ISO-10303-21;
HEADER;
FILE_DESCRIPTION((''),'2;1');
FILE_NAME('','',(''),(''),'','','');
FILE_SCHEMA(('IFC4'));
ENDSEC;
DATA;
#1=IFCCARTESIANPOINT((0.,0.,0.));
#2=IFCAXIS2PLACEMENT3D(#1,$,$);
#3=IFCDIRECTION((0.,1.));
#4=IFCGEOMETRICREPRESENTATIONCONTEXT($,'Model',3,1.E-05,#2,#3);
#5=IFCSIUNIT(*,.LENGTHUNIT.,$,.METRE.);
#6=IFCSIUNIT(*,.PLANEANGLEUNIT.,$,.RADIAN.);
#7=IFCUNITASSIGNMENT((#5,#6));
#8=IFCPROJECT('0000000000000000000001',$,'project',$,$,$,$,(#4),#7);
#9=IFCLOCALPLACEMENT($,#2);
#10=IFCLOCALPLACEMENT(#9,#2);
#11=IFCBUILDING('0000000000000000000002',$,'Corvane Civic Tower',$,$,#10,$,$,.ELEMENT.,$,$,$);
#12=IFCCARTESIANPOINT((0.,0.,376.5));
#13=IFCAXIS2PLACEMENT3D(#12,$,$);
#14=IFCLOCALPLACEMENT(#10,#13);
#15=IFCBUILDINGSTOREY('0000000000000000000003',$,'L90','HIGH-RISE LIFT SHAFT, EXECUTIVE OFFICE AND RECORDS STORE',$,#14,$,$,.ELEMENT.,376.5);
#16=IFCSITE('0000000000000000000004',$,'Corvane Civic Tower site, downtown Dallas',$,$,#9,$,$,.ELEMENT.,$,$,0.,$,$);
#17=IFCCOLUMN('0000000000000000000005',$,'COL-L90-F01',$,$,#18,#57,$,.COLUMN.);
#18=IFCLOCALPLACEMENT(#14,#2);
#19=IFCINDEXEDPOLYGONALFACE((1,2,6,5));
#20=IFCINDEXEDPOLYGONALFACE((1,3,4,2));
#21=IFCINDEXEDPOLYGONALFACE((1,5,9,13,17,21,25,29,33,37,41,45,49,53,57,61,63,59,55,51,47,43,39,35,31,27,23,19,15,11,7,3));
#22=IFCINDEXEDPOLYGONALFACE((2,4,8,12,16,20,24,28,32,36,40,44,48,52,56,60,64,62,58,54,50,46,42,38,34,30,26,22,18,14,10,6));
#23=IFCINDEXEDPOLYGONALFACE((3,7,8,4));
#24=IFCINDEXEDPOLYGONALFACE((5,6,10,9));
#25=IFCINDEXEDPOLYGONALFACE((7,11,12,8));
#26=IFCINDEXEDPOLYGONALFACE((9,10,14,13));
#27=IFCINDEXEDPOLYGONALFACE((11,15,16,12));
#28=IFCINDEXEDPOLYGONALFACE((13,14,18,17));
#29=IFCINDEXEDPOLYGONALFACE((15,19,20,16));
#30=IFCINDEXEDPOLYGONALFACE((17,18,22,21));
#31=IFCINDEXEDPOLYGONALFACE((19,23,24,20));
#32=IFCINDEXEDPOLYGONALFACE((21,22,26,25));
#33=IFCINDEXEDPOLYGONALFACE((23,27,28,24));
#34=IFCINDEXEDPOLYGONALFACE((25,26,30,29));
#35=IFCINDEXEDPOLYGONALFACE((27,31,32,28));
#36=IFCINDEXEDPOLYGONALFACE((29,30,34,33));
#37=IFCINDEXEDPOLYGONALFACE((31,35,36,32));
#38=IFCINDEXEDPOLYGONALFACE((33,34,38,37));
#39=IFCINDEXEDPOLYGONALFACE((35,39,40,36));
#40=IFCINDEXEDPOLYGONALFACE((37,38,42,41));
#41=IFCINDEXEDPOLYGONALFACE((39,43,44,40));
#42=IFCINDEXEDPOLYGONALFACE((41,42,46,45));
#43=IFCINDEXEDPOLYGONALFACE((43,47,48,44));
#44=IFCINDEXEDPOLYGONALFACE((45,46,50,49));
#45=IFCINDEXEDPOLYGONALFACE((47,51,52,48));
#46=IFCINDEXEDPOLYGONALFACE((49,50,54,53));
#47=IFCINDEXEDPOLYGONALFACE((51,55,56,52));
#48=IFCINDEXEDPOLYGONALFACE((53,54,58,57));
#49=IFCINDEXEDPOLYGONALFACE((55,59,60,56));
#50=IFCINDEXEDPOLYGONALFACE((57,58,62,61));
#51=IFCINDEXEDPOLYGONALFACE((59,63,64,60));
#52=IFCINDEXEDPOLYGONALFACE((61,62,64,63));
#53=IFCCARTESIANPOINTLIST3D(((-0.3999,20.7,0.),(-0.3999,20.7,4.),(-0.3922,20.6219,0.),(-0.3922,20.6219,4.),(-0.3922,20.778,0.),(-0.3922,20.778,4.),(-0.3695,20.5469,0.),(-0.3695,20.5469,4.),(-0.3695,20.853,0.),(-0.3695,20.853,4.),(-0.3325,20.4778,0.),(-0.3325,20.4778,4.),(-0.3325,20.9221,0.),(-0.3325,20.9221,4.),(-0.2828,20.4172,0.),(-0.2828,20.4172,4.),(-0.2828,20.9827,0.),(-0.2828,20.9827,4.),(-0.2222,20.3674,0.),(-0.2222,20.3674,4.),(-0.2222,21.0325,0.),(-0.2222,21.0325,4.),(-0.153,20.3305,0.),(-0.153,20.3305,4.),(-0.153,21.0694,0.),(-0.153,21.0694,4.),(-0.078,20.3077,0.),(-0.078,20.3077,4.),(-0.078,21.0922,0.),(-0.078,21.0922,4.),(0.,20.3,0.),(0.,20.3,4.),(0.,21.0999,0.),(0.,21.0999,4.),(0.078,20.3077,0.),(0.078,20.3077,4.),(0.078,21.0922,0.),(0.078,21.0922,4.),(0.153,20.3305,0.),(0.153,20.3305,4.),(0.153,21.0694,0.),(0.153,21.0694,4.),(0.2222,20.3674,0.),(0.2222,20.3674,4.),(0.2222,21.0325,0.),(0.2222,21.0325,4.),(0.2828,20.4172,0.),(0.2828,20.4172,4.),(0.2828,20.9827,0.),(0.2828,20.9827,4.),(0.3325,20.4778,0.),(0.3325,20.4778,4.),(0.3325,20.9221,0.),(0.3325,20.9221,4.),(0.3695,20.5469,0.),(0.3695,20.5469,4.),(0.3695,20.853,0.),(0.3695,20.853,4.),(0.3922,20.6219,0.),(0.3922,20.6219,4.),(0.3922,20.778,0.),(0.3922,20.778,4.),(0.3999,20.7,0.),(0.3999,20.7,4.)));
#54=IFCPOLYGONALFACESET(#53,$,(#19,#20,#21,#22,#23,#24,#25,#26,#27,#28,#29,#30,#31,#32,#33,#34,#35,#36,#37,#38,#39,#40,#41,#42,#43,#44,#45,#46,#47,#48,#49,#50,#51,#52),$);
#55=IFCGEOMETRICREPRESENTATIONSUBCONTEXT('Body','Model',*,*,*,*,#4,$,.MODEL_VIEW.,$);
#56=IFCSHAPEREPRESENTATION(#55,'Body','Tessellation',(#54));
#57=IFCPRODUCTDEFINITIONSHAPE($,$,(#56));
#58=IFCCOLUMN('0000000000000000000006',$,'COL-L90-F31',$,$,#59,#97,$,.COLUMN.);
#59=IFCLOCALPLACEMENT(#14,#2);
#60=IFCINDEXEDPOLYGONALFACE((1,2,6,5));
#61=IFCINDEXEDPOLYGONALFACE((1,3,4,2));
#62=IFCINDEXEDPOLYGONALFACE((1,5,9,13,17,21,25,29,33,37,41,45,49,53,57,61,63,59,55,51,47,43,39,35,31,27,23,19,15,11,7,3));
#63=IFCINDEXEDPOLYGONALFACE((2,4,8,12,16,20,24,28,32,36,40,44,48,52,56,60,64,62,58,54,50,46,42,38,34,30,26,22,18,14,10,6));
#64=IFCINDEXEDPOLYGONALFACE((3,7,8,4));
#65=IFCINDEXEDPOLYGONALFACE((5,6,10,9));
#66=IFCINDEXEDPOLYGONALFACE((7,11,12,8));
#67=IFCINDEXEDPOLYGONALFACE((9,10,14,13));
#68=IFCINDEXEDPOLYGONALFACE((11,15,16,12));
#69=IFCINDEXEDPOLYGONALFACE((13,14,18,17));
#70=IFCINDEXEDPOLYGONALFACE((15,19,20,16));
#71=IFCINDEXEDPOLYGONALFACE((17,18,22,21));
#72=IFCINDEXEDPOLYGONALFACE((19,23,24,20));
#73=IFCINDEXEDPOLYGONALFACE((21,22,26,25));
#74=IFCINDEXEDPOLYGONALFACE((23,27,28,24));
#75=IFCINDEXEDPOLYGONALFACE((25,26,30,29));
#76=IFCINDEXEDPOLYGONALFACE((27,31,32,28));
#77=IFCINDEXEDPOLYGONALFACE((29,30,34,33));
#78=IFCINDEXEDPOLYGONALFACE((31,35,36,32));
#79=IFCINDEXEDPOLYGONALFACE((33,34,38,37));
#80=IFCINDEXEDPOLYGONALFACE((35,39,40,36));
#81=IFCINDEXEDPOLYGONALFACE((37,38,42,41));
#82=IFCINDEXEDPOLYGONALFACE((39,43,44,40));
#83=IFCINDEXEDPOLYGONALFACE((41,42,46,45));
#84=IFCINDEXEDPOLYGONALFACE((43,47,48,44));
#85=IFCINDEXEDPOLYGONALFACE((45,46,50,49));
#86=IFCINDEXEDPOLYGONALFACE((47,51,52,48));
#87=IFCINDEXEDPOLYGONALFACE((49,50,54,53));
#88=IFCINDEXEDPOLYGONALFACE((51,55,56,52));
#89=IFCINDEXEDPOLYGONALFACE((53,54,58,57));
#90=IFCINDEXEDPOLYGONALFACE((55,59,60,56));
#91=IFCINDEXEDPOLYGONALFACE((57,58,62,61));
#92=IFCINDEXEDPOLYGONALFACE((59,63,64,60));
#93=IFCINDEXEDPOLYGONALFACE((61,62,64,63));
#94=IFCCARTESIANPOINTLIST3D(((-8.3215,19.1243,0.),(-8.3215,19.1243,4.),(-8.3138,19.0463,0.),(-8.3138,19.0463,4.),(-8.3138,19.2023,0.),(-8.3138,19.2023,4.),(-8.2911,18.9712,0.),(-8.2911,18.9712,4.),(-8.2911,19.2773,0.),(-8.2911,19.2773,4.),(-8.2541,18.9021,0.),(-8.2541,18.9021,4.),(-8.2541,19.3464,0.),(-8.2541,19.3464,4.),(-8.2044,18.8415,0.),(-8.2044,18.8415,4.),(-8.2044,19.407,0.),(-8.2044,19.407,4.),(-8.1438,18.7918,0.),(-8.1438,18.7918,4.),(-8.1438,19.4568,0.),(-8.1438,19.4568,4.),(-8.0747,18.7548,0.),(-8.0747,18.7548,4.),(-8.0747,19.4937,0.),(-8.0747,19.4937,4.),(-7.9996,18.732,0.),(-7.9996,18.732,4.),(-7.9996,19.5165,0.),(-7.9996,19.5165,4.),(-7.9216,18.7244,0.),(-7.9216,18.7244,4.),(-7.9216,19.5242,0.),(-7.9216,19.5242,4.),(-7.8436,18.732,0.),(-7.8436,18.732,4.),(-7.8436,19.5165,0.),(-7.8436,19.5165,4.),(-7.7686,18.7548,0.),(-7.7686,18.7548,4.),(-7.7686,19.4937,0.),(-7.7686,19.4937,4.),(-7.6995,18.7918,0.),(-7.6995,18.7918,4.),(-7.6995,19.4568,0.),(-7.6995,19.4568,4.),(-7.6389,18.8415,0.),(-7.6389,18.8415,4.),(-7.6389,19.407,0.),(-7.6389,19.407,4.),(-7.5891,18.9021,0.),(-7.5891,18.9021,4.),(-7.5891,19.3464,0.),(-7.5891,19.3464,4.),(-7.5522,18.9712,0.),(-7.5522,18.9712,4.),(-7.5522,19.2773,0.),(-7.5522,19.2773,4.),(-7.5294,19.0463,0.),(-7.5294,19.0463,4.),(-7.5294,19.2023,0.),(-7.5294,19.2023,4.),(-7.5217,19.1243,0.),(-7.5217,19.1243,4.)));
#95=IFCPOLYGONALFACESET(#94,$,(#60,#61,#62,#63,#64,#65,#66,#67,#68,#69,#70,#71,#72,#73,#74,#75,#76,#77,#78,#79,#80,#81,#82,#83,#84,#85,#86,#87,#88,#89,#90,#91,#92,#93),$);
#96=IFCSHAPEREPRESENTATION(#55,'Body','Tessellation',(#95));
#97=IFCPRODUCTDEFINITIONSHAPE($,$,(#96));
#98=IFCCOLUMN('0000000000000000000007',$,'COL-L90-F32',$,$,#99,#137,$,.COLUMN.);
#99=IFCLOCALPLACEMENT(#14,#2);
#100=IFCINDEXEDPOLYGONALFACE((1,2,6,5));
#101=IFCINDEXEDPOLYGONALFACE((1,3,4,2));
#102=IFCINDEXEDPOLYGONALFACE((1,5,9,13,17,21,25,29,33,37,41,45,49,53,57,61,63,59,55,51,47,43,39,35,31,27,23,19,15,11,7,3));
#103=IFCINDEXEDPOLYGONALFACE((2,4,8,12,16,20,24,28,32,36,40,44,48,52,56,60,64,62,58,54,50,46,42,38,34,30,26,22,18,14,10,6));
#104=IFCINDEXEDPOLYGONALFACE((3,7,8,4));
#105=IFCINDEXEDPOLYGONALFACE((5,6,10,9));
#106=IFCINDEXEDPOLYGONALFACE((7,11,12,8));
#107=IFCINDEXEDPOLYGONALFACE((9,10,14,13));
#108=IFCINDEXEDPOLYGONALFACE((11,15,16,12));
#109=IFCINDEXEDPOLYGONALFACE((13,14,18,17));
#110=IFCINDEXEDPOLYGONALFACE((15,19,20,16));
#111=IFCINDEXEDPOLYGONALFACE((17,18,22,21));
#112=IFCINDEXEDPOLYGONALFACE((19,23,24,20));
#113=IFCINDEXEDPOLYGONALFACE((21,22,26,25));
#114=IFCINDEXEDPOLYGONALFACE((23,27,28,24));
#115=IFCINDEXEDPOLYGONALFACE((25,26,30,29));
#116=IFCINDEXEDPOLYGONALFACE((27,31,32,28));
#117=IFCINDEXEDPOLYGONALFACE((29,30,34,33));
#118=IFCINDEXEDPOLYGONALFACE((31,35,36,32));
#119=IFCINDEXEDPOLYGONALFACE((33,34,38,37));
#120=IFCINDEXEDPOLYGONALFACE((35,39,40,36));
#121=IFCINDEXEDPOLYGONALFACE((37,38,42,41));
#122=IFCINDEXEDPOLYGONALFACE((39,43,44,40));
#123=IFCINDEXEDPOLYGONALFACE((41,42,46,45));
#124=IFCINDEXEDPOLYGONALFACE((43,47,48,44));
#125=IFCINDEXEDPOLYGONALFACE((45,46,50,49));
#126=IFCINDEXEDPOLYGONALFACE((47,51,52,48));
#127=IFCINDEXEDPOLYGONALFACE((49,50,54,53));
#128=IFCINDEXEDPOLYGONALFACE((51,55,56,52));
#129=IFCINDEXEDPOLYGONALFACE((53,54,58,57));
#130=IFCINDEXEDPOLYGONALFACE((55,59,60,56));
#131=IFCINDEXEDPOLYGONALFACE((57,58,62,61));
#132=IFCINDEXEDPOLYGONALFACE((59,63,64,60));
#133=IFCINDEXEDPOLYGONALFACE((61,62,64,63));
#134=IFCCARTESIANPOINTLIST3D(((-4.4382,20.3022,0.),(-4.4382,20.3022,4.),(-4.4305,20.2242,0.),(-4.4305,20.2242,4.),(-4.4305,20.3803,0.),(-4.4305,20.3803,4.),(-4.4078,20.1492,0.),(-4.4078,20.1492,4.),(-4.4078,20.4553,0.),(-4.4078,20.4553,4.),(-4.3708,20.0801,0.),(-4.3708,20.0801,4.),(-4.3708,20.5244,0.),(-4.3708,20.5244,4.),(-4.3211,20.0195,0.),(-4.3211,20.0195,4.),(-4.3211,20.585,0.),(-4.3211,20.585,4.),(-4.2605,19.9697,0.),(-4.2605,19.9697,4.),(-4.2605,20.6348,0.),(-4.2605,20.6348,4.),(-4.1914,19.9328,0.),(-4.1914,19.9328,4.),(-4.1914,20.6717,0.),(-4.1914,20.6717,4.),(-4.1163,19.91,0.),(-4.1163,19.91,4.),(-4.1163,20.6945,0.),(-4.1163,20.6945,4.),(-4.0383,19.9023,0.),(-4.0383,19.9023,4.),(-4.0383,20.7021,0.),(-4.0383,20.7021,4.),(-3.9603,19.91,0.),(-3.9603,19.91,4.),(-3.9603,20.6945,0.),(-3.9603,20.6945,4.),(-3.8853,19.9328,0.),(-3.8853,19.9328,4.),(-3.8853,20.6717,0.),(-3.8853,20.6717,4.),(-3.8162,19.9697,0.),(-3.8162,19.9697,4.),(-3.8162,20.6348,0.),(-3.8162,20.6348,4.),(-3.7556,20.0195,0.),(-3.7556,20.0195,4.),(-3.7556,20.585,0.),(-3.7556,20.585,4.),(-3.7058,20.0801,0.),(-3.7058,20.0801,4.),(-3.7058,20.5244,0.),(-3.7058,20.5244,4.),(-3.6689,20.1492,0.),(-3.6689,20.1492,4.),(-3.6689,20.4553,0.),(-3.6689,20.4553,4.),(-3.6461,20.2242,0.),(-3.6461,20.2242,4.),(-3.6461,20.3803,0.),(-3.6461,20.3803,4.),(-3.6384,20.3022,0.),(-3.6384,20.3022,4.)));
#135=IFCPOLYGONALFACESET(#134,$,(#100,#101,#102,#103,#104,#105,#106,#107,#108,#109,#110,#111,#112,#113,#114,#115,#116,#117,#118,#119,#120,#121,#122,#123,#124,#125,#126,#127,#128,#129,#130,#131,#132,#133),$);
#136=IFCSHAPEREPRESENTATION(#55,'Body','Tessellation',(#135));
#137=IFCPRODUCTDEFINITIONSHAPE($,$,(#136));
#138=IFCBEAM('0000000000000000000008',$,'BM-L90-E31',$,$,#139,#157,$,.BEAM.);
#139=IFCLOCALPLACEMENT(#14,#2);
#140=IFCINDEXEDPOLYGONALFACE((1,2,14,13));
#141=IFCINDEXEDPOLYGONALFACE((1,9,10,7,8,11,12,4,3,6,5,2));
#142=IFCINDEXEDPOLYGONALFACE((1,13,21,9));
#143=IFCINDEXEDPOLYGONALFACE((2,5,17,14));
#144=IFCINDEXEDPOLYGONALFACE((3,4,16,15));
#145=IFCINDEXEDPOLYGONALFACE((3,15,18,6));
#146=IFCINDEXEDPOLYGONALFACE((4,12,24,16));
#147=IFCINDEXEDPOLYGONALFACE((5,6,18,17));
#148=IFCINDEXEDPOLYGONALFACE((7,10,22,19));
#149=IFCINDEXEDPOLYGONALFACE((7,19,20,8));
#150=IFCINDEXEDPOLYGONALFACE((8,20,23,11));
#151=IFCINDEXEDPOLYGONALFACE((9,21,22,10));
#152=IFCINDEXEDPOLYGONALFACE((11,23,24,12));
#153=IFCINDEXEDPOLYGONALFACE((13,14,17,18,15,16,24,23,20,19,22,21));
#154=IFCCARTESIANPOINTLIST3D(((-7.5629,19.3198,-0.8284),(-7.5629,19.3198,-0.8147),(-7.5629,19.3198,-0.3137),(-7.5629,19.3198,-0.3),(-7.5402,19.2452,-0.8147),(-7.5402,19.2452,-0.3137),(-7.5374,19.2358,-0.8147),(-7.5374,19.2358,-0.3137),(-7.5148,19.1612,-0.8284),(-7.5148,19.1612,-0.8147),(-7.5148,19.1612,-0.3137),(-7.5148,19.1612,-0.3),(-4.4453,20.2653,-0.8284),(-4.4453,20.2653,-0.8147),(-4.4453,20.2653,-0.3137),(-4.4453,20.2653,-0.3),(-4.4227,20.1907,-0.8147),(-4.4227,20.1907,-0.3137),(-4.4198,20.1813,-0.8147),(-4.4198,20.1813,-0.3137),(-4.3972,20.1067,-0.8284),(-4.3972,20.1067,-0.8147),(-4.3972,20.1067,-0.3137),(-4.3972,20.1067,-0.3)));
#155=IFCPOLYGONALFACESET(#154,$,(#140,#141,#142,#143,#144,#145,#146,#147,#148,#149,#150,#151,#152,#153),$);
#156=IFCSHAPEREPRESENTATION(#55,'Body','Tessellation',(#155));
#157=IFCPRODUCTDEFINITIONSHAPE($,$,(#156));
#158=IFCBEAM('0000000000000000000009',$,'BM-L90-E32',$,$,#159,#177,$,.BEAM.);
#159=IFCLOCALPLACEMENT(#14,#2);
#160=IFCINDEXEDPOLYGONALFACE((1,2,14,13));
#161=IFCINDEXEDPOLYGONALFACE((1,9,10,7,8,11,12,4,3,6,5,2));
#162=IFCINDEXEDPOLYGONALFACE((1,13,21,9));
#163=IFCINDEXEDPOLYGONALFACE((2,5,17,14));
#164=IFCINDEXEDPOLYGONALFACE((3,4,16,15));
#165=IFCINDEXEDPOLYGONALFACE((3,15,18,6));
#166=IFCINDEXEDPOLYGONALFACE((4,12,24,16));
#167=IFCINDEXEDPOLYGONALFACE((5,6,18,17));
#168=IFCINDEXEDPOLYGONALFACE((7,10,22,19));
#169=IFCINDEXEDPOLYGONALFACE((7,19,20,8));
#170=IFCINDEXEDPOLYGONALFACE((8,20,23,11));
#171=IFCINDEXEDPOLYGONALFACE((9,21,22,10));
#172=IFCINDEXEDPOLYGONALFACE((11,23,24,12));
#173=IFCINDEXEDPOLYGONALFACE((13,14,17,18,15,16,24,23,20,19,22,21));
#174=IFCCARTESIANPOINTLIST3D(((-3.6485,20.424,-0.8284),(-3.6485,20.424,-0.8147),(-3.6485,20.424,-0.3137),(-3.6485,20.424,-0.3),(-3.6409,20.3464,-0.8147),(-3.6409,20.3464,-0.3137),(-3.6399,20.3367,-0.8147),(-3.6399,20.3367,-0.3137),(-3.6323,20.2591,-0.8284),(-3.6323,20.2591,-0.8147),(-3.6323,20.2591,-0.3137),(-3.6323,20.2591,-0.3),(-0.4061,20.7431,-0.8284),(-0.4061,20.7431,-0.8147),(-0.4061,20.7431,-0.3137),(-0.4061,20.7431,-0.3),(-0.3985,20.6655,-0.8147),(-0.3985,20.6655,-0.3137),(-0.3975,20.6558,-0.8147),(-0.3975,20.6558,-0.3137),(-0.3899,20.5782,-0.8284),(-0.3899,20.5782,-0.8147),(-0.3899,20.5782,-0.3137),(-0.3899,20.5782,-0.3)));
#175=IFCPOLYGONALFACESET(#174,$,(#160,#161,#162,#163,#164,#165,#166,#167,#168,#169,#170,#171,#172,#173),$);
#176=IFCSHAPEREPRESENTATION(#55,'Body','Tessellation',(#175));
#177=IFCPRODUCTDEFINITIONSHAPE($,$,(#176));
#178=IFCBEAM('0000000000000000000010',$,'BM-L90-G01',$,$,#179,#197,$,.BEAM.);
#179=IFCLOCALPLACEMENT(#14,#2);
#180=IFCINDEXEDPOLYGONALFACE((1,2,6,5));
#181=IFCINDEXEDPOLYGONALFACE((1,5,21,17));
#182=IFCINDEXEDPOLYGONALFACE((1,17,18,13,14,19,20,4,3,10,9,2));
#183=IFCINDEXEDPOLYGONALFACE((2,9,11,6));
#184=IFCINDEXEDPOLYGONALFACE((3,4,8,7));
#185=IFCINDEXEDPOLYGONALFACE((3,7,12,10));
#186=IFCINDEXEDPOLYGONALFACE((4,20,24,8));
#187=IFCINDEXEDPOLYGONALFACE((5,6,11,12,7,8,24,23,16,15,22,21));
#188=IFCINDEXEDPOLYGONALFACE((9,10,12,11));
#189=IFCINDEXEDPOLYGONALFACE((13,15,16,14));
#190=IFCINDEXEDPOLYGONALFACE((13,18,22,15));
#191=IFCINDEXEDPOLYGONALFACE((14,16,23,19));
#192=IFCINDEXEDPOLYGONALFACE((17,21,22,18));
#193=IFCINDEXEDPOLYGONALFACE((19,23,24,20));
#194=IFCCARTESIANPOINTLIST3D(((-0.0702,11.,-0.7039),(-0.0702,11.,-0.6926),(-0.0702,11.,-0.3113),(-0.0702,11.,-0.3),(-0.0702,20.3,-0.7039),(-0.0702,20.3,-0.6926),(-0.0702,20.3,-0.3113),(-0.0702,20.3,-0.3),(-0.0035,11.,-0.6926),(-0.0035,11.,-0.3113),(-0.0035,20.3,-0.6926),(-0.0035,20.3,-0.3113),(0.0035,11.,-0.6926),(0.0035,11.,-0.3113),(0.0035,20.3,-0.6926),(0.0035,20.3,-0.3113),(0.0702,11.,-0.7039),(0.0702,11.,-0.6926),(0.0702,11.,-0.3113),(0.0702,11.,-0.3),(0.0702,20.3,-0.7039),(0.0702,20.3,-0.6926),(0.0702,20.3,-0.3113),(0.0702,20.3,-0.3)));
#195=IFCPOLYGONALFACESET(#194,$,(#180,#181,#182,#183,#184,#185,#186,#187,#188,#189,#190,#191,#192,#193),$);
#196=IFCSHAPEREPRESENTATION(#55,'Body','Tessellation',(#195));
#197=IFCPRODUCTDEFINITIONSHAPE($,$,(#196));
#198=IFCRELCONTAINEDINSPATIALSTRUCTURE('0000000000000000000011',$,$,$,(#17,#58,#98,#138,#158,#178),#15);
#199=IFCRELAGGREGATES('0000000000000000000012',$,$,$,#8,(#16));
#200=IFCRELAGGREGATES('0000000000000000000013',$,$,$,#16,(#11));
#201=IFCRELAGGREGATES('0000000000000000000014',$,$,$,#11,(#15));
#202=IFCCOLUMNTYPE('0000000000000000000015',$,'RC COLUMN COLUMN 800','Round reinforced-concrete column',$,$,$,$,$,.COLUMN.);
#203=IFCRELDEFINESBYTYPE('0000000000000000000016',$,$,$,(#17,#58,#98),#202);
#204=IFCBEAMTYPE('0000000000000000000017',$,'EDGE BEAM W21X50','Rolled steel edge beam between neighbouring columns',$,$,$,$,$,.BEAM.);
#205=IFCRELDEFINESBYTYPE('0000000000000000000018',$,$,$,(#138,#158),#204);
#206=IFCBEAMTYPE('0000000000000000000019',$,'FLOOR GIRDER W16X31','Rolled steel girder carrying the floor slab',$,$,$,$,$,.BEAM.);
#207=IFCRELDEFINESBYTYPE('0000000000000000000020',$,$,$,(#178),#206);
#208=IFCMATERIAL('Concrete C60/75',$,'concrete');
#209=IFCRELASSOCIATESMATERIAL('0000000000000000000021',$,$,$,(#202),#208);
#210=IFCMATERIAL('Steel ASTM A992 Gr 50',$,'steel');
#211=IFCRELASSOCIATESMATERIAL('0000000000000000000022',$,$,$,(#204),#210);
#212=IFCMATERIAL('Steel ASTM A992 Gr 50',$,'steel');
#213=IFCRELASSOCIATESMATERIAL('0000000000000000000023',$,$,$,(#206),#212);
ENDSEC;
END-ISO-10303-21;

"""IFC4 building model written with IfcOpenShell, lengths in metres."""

from ifc_helpers import new_model, si_unit, direction, frame, origin, origin_2d, place, context, subcontext, project, spatial, circle, i_section, extrude, material, material_profile, profile_set, type_object, element, save


model = new_model("IFC4")

# Units and contexts
model_context = context("Model", 3, precision=1e-05, world=origin(), true_north=direction((0.0, 1.0)))
body_context = subcontext(model_context, "Body", "Model", "MODEL_VIEW")
ifc_project = project(units=[si_unit("LENGTHUNIT", "METRE"), si_unit("PLANEANGLEUNIT", "RADIAN")], contexts=[model_context])

# Site, building, storey
site_placement = place(None, origin())
site = spatial("IfcSite", under=ifc_project, at=site_placement, Name="Corvane Civic Tower site, downtown Dallas", CompositionType="ELEMENT", RefElevation=0.0)
building_placement = place(site_placement, origin())
building = spatial("IfcBuilding", under=site, at=building_placement, Name="Corvane Civic Tower", CompositionType="ELEMENT")
storey_placement = place(building_placement, frame((0.0, 0.0, 376.5)))
storey = spatial("IfcBuildingStorey", under=building, at=storey_placement, Name="L90", Description="HIGH-RISE LIFT SHAFT, EXECUTIVE OFFICE AND RECORDS STORE", CompositionType="ELEMENT", Elevation=376.5)

# Columns
ifc_material_1 = material(Name="Concrete C60/75", Category="concrete")
ifc_material_profile_1 = material_profile(ifc_material_1, circle(Radius=0.3999, at=origin_2d()), Name="COLUMN 800")
ifc_profile_set_1 = profile_set([ifc_material_profile_1], Name="Concrete C60/75")
column_type = type_object("IfcColumnType", Name="RC COLUMN COLUMN 800", Description="Round reinforced-concrete column", PredefinedType="COLUMN", material=ifc_profile_set_1)
for number, where, z_axis, x_axis, name in (
    (1, (0.0, 20.7, 0.0), (0.0, 0.0, 1.0), (1.0, 0.0, 0.0), "COL-L90-F01"),
    (2, (-7.9216, 19.1243, 0.0), (0.0, 0.0, 1.0), (1.0, 0.0, 0.0), "COL-L90-F31"),
    (3, (-4.0383, 20.3022, 0.0), (0.0, 0.0, 1.0), (1.0, 0.0, 0.0), "COL-L90-F32"),
):
    element("IfcColumn", number, at=place(storey_placement, frame(where, z_axis=z_axis, x_axis=x_axis)), inside=storey, type_object=column_type, Name=name, PredefinedType="COLUMN", context=body_context, shape_type="SweptSolid", body=[
        extrude(circle(Radius=0.3999, at=origin_2d()), origin(), (0.0, 0.0, 1.0), 4.0),
    ])

# Beams
ifc_material_2 = material(Name="Steel ASTM A992 Gr 50", Category="steel")
ifc_material_profile_2 = material_profile(ifc_material_2, i_section(OverallWidth=0.1658, OverallDepth=0.5283, WebThickness=0.0098, FlangeThickness=0.0137, at=origin_2d()), Name="W21X50")
ifc_profile_set_2 = profile_set([ifc_material_profile_2], Name="Steel ASTM A992 Gr 50")
beam_type_1 = type_object("IfcBeamType", Name="EDGE BEAM W21X50", Description="Rolled steel edge beam between neighbouring columns", PredefinedType="BEAM", material=ifc_profile_set_2)
beam_1_placement = place(storey_placement, frame((-7.5388, 19.2405, -0.5642), z_axis=(0.956956, 0.290234, 0.0), x_axis=(-0.290234, 0.956956, 0.0)))
element("IfcBeam", 4, at=beam_1_placement, inside=storey, type_object=beam_type_1, Name="BM-L90-E31", PredefinedType="BEAM", context=body_context, shape_type="SweptSolid", body=[
    extrude(i_section(OverallWidth=0.1658, OverallDepth=0.5283, WebThickness=0.0098, FlangeThickness=0.0137, at=origin_2d()), origin(), (0.0, 0.0, 1.0), 3.2578),
])
beam_2_placement = place(storey_placement, frame((-3.6404, 20.3416, -0.5642), z_axis=(0.995193, 0.097938, 0.0), x_axis=(-0.097938, 0.995193, 0.0)))
element("IfcBeam", 5, at=beam_2_placement, inside=storey, type_object=beam_type_1, Name="BM-L90-E32", PredefinedType="BEAM", context=body_context, shape_type="SweptSolid", body=[
    extrude(i_section(OverallWidth=0.1658, OverallDepth=0.5283, WebThickness=0.0098, FlangeThickness=0.0137, at=origin_2d()), origin(), (0.0, 0.0, 1.0), 3.2581),
])
ifc_material_3 = material(Name="Steel ASTM A992 Gr 50", Category="steel")
ifc_material_profile_3 = material_profile(ifc_material_3, i_section(OverallWidth=0.1404, OverallDepth=0.4038, WebThickness=0.0071, FlangeThickness=0.0112, at=origin_2d()), Name="W16X31")
ifc_profile_set_3 = profile_set([ifc_material_profile_3], Name="Steel ASTM A992 Gr 50")
beam_type_2 = type_object("IfcBeamType", Name="FLOOR GIRDER W16X31", Description="Rolled steel girder carrying the floor slab", PredefinedType="BEAM", material=ifc_profile_set_3)
beam_3_placement = place(storey_placement, frame((0.0, 11.0, -0.502), z_axis=(0.0, 1.0, 0.0), x_axis=(-1.0, 0.0, 0.0)))
element("IfcBeam", 6, at=beam_3_placement, inside=storey, type_object=beam_type_2, Name="BM-L90-G01", PredefinedType="BEAM", context=body_context, shape_type="SweptSolid", body=[
    extrude(i_section(OverallWidth=0.1404, OverallDepth=0.4038, WebThickness=0.0071, FlangeThickness=0.0112, at=origin_2d()), origin(), (0.0, 0.0, 1.0), 9.3),
])

save(model, "model.ifc")
